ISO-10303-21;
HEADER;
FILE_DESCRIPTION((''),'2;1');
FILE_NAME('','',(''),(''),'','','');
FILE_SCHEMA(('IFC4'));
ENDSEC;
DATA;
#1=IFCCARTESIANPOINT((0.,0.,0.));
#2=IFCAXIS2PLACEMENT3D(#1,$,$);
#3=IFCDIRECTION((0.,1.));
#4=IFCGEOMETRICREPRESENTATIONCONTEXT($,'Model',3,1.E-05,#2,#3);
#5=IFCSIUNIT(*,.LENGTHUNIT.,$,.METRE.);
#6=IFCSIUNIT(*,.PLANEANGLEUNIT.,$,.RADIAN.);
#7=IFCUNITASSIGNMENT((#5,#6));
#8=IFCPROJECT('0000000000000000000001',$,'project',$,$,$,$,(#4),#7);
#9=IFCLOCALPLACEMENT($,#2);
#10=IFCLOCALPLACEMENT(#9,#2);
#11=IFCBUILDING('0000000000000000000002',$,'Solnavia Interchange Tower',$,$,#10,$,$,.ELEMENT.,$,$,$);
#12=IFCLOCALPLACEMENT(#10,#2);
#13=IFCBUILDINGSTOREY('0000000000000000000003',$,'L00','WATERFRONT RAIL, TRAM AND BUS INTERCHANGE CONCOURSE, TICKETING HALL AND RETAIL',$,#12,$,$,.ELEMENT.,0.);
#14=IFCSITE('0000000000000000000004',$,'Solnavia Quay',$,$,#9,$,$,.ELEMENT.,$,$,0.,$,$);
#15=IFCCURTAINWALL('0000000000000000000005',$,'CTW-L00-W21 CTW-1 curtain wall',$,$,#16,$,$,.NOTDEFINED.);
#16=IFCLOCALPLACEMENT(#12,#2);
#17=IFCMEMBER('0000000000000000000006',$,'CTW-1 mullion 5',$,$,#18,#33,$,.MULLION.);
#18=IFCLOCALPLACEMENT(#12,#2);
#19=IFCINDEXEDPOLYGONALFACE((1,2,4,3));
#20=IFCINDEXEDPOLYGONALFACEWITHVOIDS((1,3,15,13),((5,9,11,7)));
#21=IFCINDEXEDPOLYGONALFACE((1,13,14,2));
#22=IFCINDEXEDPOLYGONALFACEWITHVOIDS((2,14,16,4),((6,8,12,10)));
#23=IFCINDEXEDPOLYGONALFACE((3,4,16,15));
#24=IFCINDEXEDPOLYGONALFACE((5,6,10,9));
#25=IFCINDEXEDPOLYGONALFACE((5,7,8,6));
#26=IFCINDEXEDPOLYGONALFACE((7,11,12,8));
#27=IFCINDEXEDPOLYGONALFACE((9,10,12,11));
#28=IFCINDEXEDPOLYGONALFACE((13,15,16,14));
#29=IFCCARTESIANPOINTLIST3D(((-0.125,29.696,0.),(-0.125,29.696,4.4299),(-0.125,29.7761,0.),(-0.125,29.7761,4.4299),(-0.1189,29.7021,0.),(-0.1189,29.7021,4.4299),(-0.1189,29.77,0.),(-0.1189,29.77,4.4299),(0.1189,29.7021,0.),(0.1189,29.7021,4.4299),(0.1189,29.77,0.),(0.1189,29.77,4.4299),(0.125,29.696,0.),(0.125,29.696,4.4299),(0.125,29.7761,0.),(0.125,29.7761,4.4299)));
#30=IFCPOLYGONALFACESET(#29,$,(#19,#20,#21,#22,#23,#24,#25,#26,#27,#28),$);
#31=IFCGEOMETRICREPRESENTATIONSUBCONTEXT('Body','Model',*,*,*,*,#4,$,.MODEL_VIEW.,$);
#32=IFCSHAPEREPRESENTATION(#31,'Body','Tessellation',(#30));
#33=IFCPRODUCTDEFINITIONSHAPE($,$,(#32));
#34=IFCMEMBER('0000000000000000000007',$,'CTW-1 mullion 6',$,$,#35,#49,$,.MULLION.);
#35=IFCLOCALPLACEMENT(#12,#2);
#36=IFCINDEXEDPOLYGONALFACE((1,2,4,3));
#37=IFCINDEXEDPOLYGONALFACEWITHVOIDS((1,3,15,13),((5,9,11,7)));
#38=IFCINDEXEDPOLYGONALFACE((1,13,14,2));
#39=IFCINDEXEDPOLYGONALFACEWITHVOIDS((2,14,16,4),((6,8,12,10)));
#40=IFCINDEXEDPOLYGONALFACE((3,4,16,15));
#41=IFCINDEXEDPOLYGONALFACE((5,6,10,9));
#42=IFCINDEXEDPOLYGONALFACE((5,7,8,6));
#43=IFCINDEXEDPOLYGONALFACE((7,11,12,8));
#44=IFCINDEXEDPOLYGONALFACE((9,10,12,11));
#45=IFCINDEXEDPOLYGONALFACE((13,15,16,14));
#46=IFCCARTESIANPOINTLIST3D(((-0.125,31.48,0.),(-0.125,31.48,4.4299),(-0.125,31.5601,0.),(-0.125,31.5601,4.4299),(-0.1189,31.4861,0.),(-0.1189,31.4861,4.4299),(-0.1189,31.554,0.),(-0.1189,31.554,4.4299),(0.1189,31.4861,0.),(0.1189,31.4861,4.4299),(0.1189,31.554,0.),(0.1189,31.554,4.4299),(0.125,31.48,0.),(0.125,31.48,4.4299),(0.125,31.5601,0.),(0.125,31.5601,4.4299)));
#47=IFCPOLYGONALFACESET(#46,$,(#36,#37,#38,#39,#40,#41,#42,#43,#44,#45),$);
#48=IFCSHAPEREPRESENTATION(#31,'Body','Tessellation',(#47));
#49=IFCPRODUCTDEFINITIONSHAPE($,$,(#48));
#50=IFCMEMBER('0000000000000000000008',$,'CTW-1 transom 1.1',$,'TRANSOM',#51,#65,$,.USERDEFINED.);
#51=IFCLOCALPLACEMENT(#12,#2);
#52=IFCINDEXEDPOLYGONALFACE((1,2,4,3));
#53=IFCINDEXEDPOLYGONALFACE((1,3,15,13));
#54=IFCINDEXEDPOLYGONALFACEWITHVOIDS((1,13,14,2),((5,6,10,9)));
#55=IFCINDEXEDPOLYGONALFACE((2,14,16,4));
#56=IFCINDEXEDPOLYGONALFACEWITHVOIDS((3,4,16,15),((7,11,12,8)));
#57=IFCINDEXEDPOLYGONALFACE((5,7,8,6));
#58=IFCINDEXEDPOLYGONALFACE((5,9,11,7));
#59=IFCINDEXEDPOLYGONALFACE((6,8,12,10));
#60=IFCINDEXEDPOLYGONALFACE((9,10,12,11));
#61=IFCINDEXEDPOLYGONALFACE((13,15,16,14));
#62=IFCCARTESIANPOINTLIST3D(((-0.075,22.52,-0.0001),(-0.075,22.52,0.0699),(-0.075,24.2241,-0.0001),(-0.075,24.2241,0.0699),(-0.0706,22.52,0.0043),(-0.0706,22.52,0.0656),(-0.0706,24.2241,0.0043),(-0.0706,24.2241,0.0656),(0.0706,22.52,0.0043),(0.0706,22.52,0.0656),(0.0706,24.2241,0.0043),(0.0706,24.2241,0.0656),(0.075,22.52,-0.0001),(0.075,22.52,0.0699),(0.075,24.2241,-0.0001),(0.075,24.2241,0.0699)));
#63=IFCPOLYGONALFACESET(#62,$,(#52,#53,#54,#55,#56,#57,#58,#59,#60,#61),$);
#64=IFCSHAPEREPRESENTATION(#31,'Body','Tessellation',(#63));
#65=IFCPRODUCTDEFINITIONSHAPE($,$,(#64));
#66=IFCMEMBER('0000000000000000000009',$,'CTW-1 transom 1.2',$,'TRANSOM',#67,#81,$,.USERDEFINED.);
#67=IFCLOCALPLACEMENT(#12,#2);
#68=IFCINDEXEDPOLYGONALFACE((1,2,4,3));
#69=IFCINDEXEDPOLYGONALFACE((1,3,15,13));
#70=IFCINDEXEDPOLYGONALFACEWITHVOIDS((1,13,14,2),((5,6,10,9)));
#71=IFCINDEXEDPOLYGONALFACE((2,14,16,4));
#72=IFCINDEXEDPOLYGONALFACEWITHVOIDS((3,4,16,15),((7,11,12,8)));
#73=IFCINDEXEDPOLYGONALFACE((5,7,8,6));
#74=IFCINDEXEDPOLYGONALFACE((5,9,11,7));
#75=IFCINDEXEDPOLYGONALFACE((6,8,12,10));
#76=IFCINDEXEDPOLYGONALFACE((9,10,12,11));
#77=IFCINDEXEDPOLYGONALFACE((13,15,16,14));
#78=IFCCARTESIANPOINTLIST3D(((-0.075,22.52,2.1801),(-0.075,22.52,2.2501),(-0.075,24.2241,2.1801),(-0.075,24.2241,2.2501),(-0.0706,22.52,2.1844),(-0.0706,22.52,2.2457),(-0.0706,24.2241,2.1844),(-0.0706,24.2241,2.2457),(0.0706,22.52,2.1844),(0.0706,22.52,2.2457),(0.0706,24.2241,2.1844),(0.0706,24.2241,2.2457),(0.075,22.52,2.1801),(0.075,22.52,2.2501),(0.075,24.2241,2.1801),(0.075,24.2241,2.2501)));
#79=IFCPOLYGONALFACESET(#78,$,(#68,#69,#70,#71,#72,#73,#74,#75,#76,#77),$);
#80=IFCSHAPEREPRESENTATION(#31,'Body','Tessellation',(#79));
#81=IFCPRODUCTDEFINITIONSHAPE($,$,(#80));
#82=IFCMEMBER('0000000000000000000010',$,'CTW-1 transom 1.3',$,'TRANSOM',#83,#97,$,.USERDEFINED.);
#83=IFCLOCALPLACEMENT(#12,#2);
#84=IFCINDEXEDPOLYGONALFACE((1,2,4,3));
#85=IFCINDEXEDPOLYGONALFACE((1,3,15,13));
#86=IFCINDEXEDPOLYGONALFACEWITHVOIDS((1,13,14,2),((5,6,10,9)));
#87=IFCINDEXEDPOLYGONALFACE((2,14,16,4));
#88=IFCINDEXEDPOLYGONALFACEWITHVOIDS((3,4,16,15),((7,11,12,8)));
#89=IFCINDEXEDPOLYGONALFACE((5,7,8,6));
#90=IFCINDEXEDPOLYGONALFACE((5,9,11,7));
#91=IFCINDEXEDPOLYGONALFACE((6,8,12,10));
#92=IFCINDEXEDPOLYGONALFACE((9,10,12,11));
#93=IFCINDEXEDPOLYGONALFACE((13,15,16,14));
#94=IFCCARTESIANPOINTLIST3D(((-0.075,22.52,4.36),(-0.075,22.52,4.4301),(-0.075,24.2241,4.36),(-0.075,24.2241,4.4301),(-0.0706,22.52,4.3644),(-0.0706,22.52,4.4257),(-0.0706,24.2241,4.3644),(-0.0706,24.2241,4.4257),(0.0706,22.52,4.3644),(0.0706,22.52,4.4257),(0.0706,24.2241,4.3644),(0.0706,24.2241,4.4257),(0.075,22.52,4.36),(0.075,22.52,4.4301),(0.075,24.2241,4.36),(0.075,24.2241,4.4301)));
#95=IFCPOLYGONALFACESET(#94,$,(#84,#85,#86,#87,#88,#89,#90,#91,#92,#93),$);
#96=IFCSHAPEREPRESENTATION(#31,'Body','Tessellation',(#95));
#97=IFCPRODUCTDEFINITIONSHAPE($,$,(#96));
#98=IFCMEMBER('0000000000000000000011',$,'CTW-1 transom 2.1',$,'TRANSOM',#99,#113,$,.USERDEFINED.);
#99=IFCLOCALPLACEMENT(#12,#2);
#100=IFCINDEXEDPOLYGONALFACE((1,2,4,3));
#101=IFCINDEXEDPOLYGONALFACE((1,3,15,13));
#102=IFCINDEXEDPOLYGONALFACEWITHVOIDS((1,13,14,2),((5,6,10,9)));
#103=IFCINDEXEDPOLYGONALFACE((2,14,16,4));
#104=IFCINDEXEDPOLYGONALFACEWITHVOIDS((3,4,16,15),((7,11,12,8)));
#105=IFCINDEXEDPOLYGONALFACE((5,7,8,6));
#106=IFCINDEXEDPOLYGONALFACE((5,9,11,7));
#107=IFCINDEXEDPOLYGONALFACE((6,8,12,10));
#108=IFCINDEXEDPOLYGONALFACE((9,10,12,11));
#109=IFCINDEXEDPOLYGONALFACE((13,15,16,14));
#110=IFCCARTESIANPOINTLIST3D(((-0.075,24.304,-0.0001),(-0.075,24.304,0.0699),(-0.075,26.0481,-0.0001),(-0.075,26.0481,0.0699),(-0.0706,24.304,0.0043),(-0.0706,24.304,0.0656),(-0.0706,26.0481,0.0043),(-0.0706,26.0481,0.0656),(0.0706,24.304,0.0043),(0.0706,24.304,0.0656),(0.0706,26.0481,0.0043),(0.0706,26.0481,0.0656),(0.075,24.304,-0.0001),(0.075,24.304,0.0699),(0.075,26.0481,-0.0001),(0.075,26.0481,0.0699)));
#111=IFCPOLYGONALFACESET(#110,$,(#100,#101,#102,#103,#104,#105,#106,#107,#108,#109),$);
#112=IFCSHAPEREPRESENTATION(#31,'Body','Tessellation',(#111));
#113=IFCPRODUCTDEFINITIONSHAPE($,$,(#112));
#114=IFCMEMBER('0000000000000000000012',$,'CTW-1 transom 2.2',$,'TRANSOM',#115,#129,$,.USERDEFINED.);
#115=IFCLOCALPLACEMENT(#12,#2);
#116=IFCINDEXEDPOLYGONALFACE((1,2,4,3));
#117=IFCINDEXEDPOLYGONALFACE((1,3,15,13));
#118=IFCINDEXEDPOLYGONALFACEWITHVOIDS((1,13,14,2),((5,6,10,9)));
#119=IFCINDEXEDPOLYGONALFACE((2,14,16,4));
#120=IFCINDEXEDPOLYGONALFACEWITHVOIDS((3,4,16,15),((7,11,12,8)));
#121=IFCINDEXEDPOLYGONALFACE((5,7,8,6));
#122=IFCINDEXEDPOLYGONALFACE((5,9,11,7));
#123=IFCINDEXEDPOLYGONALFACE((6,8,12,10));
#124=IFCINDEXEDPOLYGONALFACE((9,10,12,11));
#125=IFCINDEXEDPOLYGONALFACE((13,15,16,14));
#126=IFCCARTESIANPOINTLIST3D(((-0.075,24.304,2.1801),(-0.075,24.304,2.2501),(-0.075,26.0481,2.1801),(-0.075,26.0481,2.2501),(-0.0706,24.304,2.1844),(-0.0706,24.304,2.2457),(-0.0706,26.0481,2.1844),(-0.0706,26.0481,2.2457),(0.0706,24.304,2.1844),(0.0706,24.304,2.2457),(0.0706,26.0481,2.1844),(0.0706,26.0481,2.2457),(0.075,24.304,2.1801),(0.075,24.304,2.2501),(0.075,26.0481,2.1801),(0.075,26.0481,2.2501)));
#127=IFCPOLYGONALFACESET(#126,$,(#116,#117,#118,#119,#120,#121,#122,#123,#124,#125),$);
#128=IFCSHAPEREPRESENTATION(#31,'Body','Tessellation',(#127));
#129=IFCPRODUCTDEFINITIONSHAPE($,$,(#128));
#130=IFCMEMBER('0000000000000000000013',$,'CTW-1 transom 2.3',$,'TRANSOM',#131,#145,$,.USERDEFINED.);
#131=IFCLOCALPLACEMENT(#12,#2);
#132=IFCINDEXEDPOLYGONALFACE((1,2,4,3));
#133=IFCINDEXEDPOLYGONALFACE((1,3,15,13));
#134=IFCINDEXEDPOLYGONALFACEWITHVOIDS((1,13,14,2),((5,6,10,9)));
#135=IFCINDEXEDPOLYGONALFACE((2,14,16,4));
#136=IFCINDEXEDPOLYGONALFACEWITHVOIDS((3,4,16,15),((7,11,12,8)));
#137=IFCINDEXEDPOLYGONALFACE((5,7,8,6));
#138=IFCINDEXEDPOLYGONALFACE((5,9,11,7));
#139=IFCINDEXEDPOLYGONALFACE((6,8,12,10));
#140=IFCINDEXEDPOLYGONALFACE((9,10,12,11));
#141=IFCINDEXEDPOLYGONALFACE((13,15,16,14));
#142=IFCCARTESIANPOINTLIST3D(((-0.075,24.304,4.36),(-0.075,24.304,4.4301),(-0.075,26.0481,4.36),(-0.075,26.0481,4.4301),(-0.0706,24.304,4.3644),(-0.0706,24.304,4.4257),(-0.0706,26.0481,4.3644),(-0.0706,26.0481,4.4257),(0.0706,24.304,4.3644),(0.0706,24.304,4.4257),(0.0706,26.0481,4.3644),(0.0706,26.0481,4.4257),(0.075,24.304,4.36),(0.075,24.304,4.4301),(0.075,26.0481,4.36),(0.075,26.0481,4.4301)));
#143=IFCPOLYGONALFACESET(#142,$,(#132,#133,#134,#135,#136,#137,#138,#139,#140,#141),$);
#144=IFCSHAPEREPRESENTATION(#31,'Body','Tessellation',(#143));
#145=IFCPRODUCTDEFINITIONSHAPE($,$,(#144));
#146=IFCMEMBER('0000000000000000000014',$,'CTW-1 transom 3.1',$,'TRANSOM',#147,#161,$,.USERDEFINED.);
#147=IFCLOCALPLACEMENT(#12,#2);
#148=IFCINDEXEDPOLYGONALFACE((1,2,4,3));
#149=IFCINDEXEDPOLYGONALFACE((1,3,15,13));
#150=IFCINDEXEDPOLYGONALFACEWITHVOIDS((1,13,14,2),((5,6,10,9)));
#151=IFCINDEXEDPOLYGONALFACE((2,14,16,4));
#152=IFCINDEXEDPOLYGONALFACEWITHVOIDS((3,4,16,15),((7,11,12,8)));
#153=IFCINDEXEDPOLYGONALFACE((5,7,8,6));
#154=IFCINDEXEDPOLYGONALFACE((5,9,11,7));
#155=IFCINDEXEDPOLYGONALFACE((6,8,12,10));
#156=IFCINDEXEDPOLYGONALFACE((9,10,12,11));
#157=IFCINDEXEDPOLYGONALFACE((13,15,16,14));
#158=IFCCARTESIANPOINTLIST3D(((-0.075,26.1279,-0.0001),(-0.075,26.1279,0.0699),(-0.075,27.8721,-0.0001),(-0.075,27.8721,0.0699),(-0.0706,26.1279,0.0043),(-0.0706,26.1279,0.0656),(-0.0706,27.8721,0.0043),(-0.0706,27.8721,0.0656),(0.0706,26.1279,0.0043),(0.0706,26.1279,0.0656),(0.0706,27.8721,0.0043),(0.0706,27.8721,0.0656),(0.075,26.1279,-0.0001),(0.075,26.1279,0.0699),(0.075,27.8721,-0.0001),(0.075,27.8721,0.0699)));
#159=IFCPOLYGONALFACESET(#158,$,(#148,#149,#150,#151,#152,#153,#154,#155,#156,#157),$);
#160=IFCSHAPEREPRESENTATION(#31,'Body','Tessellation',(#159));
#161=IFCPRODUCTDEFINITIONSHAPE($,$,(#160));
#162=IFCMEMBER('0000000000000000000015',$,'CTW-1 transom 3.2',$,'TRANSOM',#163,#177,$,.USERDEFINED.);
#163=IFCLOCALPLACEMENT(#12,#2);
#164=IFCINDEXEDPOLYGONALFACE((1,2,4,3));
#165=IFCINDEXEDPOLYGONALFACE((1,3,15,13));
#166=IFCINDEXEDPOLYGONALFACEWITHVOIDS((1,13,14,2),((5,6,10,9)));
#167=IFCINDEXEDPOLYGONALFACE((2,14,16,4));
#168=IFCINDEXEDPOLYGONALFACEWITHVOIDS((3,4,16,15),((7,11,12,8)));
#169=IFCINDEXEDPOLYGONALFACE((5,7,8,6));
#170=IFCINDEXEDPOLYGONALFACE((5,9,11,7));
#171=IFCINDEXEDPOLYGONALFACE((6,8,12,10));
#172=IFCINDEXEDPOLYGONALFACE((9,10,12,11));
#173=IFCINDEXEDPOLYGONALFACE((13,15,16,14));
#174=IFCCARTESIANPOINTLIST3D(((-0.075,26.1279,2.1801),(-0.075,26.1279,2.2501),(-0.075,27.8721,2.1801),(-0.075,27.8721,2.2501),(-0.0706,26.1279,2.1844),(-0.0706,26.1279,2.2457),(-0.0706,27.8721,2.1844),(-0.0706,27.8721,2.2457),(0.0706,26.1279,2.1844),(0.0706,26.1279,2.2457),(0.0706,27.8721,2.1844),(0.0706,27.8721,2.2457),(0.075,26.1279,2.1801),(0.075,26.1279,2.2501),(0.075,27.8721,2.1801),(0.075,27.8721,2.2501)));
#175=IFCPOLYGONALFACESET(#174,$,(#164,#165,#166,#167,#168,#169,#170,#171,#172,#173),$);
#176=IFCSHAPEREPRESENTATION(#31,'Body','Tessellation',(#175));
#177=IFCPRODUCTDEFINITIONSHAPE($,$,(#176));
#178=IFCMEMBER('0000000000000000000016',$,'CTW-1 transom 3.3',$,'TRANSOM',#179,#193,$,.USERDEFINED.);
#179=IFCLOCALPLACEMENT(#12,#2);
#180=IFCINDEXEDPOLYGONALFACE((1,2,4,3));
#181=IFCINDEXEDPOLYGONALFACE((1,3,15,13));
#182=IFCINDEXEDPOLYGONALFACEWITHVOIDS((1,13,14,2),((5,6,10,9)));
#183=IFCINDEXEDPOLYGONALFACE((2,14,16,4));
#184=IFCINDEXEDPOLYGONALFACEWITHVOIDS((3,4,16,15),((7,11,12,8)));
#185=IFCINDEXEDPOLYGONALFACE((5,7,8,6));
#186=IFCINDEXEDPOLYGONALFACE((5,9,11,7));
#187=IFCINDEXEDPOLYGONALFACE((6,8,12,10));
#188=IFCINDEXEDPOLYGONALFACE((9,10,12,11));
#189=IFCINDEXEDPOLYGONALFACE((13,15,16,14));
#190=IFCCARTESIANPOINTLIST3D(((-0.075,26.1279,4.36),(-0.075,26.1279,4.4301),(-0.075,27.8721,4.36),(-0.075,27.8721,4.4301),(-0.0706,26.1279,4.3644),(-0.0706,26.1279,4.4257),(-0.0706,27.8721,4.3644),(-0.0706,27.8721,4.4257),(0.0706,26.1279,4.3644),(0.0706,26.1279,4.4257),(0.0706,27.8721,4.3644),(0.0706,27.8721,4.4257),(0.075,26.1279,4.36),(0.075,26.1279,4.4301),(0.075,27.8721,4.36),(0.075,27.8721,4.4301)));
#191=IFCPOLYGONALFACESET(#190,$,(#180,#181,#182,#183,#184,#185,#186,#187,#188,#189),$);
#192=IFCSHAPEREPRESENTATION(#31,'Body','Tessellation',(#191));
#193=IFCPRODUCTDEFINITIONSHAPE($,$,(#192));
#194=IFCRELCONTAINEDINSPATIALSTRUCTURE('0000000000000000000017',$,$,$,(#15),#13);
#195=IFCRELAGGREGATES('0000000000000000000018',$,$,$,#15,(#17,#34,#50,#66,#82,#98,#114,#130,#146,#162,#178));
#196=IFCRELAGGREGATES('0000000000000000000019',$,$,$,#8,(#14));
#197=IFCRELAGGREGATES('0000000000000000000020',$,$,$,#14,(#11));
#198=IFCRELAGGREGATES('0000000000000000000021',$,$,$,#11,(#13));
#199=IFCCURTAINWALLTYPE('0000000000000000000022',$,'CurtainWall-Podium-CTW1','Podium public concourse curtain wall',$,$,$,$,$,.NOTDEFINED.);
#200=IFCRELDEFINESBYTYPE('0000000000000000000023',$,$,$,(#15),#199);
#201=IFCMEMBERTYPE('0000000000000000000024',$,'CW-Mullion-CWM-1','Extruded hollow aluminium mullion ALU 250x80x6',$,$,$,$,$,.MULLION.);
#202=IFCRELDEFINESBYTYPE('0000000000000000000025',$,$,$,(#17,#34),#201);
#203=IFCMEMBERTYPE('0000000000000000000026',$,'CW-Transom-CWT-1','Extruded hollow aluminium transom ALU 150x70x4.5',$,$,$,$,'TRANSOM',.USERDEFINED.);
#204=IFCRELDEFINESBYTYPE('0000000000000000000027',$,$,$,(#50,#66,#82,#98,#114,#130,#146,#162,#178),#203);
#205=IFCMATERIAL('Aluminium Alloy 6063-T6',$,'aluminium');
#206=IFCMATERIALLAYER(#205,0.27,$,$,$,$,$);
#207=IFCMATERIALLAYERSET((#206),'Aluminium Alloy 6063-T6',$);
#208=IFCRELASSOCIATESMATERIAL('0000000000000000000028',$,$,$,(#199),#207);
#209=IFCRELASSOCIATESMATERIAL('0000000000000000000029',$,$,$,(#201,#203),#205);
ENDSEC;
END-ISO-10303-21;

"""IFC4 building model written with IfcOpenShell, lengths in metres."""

from ifc_helpers import new_model, si_unit, direction, frame, origin, origin_2d, place, context, subcontext, project, spatial, hollow_rectangle, extrude, material, layer, layer_set, material_profile, profile_set, type_object, element, aggregate, save


model = new_model("IFC4")

# Units and contexts
model_context = context("Model", 3, precision=1e-05, world=origin(), true_north=direction((0.0, 1.0)))
body_context = subcontext(model_context, "Body", "Model", "MODEL_VIEW")
ifc_project = project(units=[si_unit("LENGTHUNIT", "METRE"), si_unit("PLANEANGLEUNIT", "RADIAN")], contexts=[model_context])

# Site, building, storey
site_placement = place(None, origin())
site = spatial("IfcSite", under=ifc_project, at=site_placement, Name="Solnavia Quay", CompositionType="ELEMENT", RefElevation=0.0)
building_placement = place(site_placement, origin())
building = spatial("IfcBuilding", under=site, at=building_placement, Name="Solnavia Interchange Tower", CompositionType="ELEMENT")
storey_placement = place(building_placement, origin())
storey = spatial("IfcBuildingStorey", under=building, at=storey_placement, Name="L00", Description="WATERFRONT RAIL, TRAM AND BUS INTERCHANGE CONCOURSE, TICKETING HALL AND RETAIL", CompositionType="ELEMENT", Elevation=0.0)

# Curtain wall, members
ifc_material_1 = material(Name="Aluminium Alloy 6063-T6", Category="aluminium")
ifc_layer_1 = layer(ifc_material_1, 0.27)
ifc_layer_set_1 = layer_set([ifc_layer_1], Name="Aluminium Alloy 6063-T6")
curtain_wall_type = type_object("IfcCurtainWallType", Name="CurtainWall-Podium-CTW1", Description="Podium public concourse curtain wall", PredefinedType="NOTDEFINED", material=ifc_layer_set_1)
curtain_wall_placement = place(storey_placement, origin())
curtain_wall = element("IfcCurtainWall", 1, at=curtain_wall_placement, inside=storey, type_object=curtain_wall_type, Name="CTW-L00-W21 CTW-1 curtain wall", PredefinedType="NOTDEFINED")
ifc_material_profile_1 = material_profile(ifc_material_1, hollow_rectangle(XDim=0.0801, YDim=0.25, WallThickness=0.0061, at=origin_2d()), Name="ALU 250x80x6")
ifc_profile_set_1 = profile_set([ifc_material_profile_1], Name="Aluminium Alloy 6063-T6")
member_type_1 = type_object("IfcMemberType", Name="CW-Mullion-CWM-1", Description="Extruded hollow aluminium mullion ALU 250x80x6", PredefinedType="MULLION", material=ifc_profile_set_1)
member_1_placement = place(storey_placement, frame((0.0, 29.7361, 0.0), z_axis=(0.0, 0.0, 1.0), x_axis=(0.0, 1.0, 0.0)))
member_1 = element("IfcMember", 2, at=member_1_placement, type_object=member_type_1, Name="CTW-1 mullion 5", PredefinedType="MULLION", context=body_context, shape_type="SweptSolid", body=[
    extrude(hollow_rectangle(XDim=0.0801, YDim=0.25, WallThickness=0.0061, at=origin_2d()), origin(), (0.0, 0.0, 1.0), 4.4299),
])
member_2_placement = place(storey_placement, frame((0.0, 31.52, 0.0), z_axis=(0.0, 0.0, 1.0), x_axis=(0.0, 1.0, 0.0)))
member_2 = element("IfcMember", 3, at=member_2_placement, type_object=member_type_1, Name="CTW-1 mullion 6", PredefinedType="MULLION", context=body_context, shape_type="SweptSolid", body=[
    extrude(hollow_rectangle(XDim=0.0801, YDim=0.25, WallThickness=0.0061, at=origin_2d()), origin(), (0.0, 0.0, 1.0), 4.4299),
])
ifc_material_profile_2 = material_profile(ifc_material_1, hollow_rectangle(XDim=0.0701, YDim=0.1499, WallThickness=0.0044, at=origin_2d()), Name="ALU 150x70x4.5")
ifc_profile_set_2 = profile_set([ifc_material_profile_2], Name="Aluminium Alloy 6063-T6")
member_type_2 = type_object("IfcMemberType", Name="CW-Transom-CWT-1", Description="Extruded hollow aluminium transom ALU 150x70x4.5", ElementType="TRANSOM", PredefinedType="USERDEFINED", material=ifc_profile_set_2)
member_3_placement = place(storey_placement, frame((0.0, 22.52, 0.0349), z_axis=(0.0, 1.0, 0.0), x_axis=(0.0, 0.0, 1.0)))
member_3 = element("IfcMember", 4, at=member_3_placement, type_object=member_type_2, Name="CTW-1 transom 1.1", ObjectType="TRANSOM", PredefinedType="USERDEFINED", context=body_context, shape_type="SweptSolid", body=[
    extrude(hollow_rectangle(XDim=0.0701, YDim=0.1499, WallThickness=0.0044, at=origin_2d()), origin(), (0.0, 0.0, 1.0), 1.7041),
])
member_4_placement = place(storey_placement, frame((0.0, 22.52, 2.2151), z_axis=(0.0, 1.0, 0.0), x_axis=(0.0, 0.0, 1.0)))
member_4 = element("IfcMember", 5, at=member_4_placement, type_object=member_type_2, Name="CTW-1 transom 1.2", ObjectType="TRANSOM", PredefinedType="USERDEFINED", context=body_context, shape_type="SweptSolid", body=[
    extrude(hollow_rectangle(XDim=0.0701, YDim=0.1499, WallThickness=0.0044, at=origin_2d()), origin(), (0.0, 0.0, 1.0), 1.7041),
])
member_5_placement = place(storey_placement, frame((0.0, 22.52, 4.395), z_axis=(0.0, 1.0, 0.0), x_axis=(0.0, 0.0, 1.0)))
member_5 = element("IfcMember", 6, at=member_5_placement, type_object=member_type_2, Name="CTW-1 transom 1.3", ObjectType="TRANSOM", PredefinedType="USERDEFINED", context=body_context, shape_type="SweptSolid", body=[
    extrude(hollow_rectangle(XDim=0.0701, YDim=0.1499, WallThickness=0.0044, at=origin_2d()), origin(), (0.0, 0.0, 1.0), 1.7041),
])
member_6_placement = place(storey_placement, frame((0.0, 24.304, 0.0349), z_axis=(0.0, 1.0, 0.0), x_axis=(0.0, 0.0, 1.0)))
member_6 = element("IfcMember", 7, at=member_6_placement, type_object=member_type_2, Name="CTW-1 transom 2.1", ObjectType="TRANSOM", PredefinedType="USERDEFINED", context=body_context, shape_type="SweptSolid", body=[
    extrude(hollow_rectangle(XDim=0.0701, YDim=0.1499, WallThickness=0.0044, at=origin_2d()), origin(), (0.0, 0.0, 1.0), 1.7441),
])
member_7_placement = place(storey_placement, frame((0.0, 24.304, 2.2151), z_axis=(0.0, 1.0, 0.0), x_axis=(0.0, 0.0, 1.0)))
member_7 = element("IfcMember", 8, at=member_7_placement, type_object=member_type_2, Name="CTW-1 transom 2.2", ObjectType="TRANSOM", PredefinedType="USERDEFINED", context=body_context, shape_type="SweptSolid", body=[
    extrude(hollow_rectangle(XDim=0.0701, YDim=0.1499, WallThickness=0.0044, at=origin_2d()), origin(), (0.0, 0.0, 1.0), 1.7441),
])
member_8_placement = place(storey_placement, frame((0.0, 24.304, 4.395), z_axis=(0.0, 1.0, 0.0), x_axis=(0.0, 0.0, 1.0)))
member_8 = element("IfcMember", 9, at=member_8_placement, type_object=member_type_2, Name="CTW-1 transom 2.3", ObjectType="TRANSOM", PredefinedType="USERDEFINED", context=body_context, shape_type="SweptSolid", body=[
    extrude(hollow_rectangle(XDim=0.0701, YDim=0.1499, WallThickness=0.0044, at=origin_2d()), origin(), (0.0, 0.0, 1.0), 1.7441),
])
member_9_placement = place(storey_placement, frame((0.0, 26.1279, 0.0349), z_axis=(0.0, 1.0, 0.0), x_axis=(0.0, 0.0, 1.0)))
member_9 = element("IfcMember", 10, at=member_9_placement, type_object=member_type_2, Name="CTW-1 transom 3.1", ObjectType="TRANSOM", PredefinedType="USERDEFINED", context=body_context, shape_type="SweptSolid", body=[
    extrude(hollow_rectangle(XDim=0.0701, YDim=0.1499, WallThickness=0.0044, at=origin_2d()), origin(), (0.0, 0.0, 1.0), 1.7441),
])
member_10_placement = place(storey_placement, frame((0.0, 26.1279, 2.2151), z_axis=(0.0, 1.0, 0.0), x_axis=(0.0, 0.0, 1.0)))
member_10 = element("IfcMember", 11, at=member_10_placement, type_object=member_type_2, Name="CTW-1 transom 3.2", ObjectType="TRANSOM", PredefinedType="USERDEFINED", context=body_context, shape_type="SweptSolid", body=[
    extrude(hollow_rectangle(XDim=0.0701, YDim=0.1499, WallThickness=0.0044, at=origin_2d()), origin(), (0.0, 0.0, 1.0), 1.7441),
])
member_11_placement = place(storey_placement, frame((0.0, 26.1279, 4.395), z_axis=(0.0, 1.0, 0.0), x_axis=(0.0, 0.0, 1.0)))
member_11 = element("IfcMember", 12, at=member_11_placement, type_object=member_type_2, Name="CTW-1 transom 3.3", ObjectType="TRANSOM", PredefinedType="USERDEFINED", context=body_context, shape_type="SweptSolid", body=[
    extrude(hollow_rectangle(XDim=0.0701, YDim=0.1499, WallThickness=0.0044, at=origin_2d()), origin(), (0.0, 0.0, 1.0), 1.7441),
])
aggregate(curtain_wall, [member_1, member_2, member_3, member_4, member_5, member_6, member_7, member_8, member_9, member_10, member_11])

save(model, "model.ifc")
